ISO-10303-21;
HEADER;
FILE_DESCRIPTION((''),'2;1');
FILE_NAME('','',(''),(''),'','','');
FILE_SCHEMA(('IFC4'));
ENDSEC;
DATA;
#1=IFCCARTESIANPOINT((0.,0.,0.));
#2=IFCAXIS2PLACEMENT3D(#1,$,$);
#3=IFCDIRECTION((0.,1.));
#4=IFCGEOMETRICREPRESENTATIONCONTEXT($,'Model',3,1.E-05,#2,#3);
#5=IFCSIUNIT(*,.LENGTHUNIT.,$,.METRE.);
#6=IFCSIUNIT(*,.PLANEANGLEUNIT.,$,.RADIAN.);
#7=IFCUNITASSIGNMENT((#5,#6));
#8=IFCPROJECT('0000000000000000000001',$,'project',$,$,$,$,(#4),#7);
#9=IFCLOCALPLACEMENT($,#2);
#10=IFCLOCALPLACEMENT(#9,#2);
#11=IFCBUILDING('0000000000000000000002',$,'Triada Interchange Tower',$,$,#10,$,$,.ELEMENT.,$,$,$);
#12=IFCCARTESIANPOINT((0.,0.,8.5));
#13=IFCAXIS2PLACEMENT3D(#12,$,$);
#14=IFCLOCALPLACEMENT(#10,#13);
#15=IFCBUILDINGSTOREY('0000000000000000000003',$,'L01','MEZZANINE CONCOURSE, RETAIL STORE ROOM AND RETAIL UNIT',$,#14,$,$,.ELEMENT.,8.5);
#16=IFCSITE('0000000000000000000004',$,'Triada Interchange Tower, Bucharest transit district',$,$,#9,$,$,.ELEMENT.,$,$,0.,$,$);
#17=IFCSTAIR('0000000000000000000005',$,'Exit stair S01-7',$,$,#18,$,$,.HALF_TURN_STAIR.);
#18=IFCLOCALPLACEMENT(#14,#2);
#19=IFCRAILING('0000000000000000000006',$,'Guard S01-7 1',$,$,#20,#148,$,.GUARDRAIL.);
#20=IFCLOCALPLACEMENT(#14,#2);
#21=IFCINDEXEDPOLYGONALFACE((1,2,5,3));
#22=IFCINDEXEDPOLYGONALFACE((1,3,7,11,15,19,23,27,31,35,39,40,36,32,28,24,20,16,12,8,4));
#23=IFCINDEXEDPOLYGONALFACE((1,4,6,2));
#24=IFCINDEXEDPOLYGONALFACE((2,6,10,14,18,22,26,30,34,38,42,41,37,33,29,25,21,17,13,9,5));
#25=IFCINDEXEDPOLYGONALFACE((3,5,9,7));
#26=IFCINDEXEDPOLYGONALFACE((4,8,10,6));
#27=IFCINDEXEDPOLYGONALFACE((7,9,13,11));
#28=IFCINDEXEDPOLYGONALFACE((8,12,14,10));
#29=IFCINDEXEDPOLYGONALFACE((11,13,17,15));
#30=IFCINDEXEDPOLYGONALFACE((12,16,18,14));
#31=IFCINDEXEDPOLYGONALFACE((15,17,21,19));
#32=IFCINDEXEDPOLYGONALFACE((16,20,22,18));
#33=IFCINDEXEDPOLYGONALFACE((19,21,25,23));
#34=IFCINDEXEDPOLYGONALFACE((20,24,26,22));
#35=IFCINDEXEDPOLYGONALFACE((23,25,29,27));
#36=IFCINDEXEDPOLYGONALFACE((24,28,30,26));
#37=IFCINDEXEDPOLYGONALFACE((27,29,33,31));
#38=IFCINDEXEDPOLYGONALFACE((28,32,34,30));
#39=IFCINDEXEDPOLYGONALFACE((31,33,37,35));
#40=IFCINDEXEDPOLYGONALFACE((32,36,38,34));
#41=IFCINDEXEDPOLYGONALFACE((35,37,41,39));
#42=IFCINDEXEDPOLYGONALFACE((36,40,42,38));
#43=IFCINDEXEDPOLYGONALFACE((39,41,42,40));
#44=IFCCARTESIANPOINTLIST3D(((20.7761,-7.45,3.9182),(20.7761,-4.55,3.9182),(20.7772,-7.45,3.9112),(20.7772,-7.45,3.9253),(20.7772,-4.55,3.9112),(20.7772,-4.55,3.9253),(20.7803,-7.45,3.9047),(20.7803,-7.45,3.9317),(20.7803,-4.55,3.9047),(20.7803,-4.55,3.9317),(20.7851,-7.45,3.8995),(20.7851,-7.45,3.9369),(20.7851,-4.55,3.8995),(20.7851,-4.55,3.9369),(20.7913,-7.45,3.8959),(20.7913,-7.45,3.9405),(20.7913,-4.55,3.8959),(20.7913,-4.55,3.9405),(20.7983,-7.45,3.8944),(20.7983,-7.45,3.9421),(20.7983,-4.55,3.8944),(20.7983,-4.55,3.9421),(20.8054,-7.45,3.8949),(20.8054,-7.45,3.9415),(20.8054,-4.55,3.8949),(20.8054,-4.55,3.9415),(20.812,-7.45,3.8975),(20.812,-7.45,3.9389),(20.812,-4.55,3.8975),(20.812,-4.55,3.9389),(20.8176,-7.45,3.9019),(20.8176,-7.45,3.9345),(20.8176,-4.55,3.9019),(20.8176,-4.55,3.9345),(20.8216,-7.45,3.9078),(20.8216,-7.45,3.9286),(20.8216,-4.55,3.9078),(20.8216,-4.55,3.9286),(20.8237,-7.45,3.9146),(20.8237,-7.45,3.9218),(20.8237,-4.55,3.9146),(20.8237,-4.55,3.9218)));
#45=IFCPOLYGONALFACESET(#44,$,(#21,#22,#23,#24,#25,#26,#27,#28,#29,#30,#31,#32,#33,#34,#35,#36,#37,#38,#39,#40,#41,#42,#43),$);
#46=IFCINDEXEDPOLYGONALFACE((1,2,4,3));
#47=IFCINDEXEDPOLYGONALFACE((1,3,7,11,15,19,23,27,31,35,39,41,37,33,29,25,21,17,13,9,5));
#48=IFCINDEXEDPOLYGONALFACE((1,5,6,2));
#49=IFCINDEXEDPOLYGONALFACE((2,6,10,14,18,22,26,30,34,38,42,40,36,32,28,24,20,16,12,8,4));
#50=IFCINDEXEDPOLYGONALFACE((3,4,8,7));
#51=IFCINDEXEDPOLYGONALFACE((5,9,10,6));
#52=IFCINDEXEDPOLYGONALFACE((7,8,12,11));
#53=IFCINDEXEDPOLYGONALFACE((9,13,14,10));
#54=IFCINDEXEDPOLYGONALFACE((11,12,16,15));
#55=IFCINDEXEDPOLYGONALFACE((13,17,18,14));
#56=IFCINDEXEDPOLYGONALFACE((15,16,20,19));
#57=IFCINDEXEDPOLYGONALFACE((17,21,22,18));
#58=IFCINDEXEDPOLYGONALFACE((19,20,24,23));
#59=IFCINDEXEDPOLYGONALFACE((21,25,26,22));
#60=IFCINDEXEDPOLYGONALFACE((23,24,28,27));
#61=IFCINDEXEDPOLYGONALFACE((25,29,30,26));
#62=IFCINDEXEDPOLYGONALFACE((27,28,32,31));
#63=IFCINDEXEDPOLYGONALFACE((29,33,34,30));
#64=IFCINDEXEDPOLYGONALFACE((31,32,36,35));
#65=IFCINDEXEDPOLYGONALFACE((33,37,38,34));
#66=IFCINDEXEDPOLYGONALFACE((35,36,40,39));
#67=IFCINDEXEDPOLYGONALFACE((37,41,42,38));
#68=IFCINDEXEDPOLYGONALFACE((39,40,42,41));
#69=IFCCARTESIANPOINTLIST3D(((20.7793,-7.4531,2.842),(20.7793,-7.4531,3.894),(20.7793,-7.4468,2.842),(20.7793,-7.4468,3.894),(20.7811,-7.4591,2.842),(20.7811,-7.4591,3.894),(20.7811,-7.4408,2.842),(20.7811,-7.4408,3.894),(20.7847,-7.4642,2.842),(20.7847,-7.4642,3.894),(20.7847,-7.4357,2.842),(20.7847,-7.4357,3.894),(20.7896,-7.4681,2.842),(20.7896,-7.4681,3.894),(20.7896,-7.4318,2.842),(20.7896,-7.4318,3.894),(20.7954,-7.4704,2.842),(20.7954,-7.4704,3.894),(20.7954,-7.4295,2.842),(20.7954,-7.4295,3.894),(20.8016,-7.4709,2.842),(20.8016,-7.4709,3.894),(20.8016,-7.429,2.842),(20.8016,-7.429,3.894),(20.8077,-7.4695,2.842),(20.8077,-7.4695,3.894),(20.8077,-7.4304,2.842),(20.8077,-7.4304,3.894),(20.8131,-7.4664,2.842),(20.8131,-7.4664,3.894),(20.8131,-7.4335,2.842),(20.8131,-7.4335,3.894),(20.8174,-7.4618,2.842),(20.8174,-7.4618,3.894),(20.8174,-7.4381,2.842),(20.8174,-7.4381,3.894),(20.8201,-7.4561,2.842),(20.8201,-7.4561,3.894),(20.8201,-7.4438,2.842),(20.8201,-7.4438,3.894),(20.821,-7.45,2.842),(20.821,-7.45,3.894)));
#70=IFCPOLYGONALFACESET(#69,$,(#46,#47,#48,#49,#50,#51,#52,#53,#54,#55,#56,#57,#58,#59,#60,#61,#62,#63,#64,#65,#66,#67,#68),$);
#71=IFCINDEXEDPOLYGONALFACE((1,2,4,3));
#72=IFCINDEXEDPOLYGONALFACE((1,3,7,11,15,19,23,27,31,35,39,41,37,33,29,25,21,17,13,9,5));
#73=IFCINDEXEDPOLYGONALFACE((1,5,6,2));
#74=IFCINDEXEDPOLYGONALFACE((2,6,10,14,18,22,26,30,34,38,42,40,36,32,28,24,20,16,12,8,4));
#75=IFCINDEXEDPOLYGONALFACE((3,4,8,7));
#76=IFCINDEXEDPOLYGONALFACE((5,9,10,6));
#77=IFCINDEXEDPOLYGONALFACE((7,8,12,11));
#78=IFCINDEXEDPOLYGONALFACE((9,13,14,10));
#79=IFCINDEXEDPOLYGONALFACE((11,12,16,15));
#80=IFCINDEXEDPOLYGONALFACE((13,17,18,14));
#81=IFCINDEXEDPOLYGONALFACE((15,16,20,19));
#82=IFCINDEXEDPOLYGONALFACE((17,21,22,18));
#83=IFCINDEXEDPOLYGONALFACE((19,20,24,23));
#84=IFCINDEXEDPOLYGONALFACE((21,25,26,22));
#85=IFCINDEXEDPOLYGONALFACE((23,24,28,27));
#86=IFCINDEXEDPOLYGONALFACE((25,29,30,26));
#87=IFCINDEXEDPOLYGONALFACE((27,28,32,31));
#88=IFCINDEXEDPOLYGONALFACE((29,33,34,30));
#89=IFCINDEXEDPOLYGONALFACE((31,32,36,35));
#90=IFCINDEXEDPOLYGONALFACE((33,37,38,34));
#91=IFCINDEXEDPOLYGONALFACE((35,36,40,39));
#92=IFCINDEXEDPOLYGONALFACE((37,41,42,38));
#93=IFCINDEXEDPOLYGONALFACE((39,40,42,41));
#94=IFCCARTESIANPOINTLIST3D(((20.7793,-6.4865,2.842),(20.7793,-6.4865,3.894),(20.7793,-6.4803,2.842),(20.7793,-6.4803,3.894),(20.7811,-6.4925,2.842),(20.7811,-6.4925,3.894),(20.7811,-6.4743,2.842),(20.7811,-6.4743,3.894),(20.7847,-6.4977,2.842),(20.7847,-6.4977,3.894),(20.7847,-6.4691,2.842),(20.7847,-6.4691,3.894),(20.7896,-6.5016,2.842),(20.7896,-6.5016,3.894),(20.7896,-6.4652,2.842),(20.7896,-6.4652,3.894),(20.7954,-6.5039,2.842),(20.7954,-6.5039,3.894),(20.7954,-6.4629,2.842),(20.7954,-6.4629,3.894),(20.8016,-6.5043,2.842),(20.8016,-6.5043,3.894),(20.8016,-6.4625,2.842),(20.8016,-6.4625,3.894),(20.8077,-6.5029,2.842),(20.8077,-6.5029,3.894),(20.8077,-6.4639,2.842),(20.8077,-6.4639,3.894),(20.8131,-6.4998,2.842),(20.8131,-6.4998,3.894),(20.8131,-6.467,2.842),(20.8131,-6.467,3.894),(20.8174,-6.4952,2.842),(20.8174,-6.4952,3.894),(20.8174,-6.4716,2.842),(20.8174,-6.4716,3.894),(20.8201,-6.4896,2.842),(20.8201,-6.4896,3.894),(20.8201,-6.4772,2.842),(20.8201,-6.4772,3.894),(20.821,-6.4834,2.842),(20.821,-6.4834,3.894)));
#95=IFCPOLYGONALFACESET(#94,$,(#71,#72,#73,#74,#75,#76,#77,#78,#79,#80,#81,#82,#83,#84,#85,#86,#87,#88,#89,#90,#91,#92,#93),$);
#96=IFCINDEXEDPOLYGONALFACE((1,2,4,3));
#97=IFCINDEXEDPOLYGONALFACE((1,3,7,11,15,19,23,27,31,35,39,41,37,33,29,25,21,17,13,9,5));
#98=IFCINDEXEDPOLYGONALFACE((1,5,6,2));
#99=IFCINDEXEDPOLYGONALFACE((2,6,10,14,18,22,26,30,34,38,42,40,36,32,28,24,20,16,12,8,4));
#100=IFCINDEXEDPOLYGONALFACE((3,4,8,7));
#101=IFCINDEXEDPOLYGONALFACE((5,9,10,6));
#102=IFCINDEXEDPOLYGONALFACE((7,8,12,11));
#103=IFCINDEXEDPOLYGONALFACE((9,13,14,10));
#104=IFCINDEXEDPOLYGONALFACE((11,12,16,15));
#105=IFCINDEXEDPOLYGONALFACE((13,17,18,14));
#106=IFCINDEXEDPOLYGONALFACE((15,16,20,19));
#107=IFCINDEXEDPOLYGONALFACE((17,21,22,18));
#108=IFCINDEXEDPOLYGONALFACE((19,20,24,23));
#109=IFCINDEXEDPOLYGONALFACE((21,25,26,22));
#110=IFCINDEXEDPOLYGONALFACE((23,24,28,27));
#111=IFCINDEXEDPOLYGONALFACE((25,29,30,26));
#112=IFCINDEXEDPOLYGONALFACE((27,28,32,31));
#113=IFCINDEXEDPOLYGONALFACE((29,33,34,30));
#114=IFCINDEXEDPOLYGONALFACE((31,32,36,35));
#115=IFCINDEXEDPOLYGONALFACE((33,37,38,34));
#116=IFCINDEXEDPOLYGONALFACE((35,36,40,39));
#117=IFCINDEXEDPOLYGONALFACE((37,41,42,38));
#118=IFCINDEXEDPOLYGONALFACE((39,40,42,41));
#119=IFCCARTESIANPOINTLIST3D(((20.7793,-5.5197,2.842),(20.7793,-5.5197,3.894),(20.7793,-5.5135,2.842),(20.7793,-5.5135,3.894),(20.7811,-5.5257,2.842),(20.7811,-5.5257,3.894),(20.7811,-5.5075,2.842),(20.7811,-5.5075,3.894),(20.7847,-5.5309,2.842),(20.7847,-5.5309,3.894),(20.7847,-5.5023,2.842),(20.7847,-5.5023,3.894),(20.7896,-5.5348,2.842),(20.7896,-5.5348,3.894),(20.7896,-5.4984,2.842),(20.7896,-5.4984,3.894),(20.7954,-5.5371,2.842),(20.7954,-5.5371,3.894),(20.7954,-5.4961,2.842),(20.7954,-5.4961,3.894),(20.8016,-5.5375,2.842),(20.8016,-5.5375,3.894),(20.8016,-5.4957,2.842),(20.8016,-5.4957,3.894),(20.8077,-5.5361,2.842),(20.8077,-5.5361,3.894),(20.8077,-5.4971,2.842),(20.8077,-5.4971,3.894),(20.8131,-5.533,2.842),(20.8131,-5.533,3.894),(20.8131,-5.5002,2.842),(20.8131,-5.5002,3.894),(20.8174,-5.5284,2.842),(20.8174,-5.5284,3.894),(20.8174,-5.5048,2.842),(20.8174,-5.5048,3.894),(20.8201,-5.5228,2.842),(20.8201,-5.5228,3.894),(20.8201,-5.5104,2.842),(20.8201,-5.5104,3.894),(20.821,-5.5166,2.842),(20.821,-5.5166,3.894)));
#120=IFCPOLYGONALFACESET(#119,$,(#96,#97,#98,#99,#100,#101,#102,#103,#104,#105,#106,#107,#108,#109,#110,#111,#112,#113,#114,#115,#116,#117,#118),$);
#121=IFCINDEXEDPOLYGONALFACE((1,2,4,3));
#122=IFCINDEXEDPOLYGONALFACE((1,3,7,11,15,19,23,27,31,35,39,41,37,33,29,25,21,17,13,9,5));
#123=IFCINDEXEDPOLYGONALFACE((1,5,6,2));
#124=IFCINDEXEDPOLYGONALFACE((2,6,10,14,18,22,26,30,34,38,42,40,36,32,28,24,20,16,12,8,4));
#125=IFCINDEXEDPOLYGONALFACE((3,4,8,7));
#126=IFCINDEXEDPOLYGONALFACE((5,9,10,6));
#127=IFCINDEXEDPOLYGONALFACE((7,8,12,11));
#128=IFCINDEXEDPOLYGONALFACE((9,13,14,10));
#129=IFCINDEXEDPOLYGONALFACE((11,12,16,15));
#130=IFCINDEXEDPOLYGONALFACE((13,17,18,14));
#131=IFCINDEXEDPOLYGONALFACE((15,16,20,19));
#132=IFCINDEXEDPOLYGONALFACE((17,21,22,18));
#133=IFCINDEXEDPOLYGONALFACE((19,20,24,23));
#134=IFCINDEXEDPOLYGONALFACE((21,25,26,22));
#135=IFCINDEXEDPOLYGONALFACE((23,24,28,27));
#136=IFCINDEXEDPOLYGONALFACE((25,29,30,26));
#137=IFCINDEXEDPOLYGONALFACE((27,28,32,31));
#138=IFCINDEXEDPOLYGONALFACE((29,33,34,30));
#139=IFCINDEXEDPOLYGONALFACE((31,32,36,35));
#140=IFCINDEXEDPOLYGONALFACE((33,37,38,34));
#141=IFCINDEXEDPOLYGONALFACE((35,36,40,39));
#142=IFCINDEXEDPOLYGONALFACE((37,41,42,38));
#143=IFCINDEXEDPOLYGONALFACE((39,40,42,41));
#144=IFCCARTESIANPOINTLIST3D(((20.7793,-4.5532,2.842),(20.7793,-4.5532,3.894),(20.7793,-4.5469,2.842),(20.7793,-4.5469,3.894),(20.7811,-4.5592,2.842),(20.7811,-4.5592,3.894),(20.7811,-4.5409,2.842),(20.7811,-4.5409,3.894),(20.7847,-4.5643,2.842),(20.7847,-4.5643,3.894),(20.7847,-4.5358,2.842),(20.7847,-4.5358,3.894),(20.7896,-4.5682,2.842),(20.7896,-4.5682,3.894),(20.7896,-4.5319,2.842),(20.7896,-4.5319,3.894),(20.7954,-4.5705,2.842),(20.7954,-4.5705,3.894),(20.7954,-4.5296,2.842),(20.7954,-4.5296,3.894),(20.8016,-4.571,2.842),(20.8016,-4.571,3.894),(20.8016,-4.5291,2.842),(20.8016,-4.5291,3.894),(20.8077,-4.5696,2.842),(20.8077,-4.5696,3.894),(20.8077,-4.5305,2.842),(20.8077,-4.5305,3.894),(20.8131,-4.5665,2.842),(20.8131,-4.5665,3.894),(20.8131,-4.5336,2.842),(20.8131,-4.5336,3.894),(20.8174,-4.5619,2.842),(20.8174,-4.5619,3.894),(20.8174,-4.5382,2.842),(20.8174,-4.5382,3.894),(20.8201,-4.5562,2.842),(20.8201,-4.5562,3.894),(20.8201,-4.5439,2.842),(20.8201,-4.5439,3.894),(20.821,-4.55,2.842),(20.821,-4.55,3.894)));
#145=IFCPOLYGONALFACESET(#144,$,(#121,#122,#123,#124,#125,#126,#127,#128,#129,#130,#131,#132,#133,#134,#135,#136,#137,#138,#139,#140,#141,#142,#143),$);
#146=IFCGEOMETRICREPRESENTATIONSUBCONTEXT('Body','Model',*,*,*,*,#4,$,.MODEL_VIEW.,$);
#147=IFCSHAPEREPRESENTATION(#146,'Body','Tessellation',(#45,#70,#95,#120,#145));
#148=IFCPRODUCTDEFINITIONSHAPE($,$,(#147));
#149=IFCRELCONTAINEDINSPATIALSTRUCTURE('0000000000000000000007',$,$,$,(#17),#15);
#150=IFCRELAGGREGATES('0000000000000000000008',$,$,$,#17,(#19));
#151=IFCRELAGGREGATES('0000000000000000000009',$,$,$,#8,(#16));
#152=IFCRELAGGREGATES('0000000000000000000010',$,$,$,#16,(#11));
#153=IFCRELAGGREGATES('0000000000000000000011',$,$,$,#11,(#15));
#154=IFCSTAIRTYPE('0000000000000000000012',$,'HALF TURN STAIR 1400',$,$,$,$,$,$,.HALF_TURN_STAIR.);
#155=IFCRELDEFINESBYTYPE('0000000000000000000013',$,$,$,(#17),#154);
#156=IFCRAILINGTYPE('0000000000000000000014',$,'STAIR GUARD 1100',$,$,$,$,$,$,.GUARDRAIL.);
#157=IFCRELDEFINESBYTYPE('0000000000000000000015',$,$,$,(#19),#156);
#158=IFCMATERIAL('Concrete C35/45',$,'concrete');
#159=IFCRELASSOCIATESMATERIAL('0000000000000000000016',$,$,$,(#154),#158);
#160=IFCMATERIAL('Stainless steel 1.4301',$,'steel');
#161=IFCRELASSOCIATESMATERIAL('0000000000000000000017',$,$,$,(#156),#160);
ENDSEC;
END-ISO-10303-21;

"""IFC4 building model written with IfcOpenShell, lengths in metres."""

from ifc_helpers import new_model, si_unit, direction, frame, origin, origin_2d, place, context, subcontext, project, spatial, circle, extrude, material, type_object, element, aggregate, save


model = new_model("IFC4")

# Units and contexts
model_context = context("Model", 3, precision=1e-05, world=origin(), true_north=direction((0.0, 1.0)))
body_context = subcontext(model_context, "Body", "Model", "MODEL_VIEW")
ifc_project = project(units=[si_unit("LENGTHUNIT", "METRE"), si_unit("PLANEANGLEUNIT", "RADIAN")], contexts=[model_context])

# Site, building, storey
site_placement = place(None, origin())
site = spatial("IfcSite", under=ifc_project, at=site_placement, Name="Triada Interchange Tower, Bucharest transit district", CompositionType="ELEMENT", RefElevation=0.0)
building_placement = place(site_placement, origin())
building = spatial("IfcBuilding", under=site, at=building_placement, Name="Triada Interchange Tower", CompositionType="ELEMENT")
storey_placement = place(building_placement, frame((0.0, 0.0, 8.5)))
storey = spatial("IfcBuildingStorey", under=building, at=storey_placement, Name="L01", Description="MEZZANINE CONCOURSE, RETAIL STORE ROOM AND RETAIL UNIT", CompositionType="ELEMENT", Elevation=8.5)

# Shared definitions
ifc_material_1 = material(Name="Concrete C35/45", Category="concrete")

# Stair, railing
stair_type = type_object("IfcStairType", Name="HALF TURN STAIR 1400", PredefinedType="HALF_TURN_STAIR", material=ifc_material_1)
stair_placement = place(storey_placement, origin())
stair = element("IfcStair", 1, at=stair_placement, inside=storey, type_object=stair_type, Name="Exit stair S01-7", PredefinedType="HALF_TURN_STAIR")
ifc_material_2 = material(Name="Stainless steel 1.4301", Category="steel")
railing_type_1 = type_object("IfcRailingType", Name="STAIR GUARD 1100", PredefinedType="GUARDRAIL", material=ifc_material_2)
railing_1_placement = place(storey_placement, frame((20.8, -7.45, 2.842)))
railing_1 = element("IfcRailing", 2, at=railing_1_placement, type_object=railing_type_1, Name="Guard S01-7 1", PredefinedType="GUARDRAIL", context=body_context, shape_type="SweptSolid", body=[
    extrude(circle(Radius=0.0239, at=origin_2d()), frame((0.0, 0.0, 1.0762), z_axis=(0.0, 1.0, 0.0), x_axis=(-1.0, 0.0, 0.0)), (0.0, 0.0, 1.0), 2.8999),
    extrude(circle(Radius=0.021, at=origin_2d()), origin(), (0.0, 0.0, 1.0), 1.052),
    extrude(circle(Radius=0.021, at=origin_2d()), frame((0.0, 0.9666, 0.0)), (0.0, 0.0, 1.0), 1.052),
    extrude(circle(Radius=0.021, at=origin_2d()), frame((0.0, 1.9333, 0.0)), (0.0, 0.0, 1.0), 1.052),
    extrude(circle(Radius=0.021, at=origin_2d()), frame((0.0, 2.8999, 0.0)), (0.0, 0.0, 1.0), 1.052),
])
aggregate(stair, [railing_1])

save(model, "model.ifc")
